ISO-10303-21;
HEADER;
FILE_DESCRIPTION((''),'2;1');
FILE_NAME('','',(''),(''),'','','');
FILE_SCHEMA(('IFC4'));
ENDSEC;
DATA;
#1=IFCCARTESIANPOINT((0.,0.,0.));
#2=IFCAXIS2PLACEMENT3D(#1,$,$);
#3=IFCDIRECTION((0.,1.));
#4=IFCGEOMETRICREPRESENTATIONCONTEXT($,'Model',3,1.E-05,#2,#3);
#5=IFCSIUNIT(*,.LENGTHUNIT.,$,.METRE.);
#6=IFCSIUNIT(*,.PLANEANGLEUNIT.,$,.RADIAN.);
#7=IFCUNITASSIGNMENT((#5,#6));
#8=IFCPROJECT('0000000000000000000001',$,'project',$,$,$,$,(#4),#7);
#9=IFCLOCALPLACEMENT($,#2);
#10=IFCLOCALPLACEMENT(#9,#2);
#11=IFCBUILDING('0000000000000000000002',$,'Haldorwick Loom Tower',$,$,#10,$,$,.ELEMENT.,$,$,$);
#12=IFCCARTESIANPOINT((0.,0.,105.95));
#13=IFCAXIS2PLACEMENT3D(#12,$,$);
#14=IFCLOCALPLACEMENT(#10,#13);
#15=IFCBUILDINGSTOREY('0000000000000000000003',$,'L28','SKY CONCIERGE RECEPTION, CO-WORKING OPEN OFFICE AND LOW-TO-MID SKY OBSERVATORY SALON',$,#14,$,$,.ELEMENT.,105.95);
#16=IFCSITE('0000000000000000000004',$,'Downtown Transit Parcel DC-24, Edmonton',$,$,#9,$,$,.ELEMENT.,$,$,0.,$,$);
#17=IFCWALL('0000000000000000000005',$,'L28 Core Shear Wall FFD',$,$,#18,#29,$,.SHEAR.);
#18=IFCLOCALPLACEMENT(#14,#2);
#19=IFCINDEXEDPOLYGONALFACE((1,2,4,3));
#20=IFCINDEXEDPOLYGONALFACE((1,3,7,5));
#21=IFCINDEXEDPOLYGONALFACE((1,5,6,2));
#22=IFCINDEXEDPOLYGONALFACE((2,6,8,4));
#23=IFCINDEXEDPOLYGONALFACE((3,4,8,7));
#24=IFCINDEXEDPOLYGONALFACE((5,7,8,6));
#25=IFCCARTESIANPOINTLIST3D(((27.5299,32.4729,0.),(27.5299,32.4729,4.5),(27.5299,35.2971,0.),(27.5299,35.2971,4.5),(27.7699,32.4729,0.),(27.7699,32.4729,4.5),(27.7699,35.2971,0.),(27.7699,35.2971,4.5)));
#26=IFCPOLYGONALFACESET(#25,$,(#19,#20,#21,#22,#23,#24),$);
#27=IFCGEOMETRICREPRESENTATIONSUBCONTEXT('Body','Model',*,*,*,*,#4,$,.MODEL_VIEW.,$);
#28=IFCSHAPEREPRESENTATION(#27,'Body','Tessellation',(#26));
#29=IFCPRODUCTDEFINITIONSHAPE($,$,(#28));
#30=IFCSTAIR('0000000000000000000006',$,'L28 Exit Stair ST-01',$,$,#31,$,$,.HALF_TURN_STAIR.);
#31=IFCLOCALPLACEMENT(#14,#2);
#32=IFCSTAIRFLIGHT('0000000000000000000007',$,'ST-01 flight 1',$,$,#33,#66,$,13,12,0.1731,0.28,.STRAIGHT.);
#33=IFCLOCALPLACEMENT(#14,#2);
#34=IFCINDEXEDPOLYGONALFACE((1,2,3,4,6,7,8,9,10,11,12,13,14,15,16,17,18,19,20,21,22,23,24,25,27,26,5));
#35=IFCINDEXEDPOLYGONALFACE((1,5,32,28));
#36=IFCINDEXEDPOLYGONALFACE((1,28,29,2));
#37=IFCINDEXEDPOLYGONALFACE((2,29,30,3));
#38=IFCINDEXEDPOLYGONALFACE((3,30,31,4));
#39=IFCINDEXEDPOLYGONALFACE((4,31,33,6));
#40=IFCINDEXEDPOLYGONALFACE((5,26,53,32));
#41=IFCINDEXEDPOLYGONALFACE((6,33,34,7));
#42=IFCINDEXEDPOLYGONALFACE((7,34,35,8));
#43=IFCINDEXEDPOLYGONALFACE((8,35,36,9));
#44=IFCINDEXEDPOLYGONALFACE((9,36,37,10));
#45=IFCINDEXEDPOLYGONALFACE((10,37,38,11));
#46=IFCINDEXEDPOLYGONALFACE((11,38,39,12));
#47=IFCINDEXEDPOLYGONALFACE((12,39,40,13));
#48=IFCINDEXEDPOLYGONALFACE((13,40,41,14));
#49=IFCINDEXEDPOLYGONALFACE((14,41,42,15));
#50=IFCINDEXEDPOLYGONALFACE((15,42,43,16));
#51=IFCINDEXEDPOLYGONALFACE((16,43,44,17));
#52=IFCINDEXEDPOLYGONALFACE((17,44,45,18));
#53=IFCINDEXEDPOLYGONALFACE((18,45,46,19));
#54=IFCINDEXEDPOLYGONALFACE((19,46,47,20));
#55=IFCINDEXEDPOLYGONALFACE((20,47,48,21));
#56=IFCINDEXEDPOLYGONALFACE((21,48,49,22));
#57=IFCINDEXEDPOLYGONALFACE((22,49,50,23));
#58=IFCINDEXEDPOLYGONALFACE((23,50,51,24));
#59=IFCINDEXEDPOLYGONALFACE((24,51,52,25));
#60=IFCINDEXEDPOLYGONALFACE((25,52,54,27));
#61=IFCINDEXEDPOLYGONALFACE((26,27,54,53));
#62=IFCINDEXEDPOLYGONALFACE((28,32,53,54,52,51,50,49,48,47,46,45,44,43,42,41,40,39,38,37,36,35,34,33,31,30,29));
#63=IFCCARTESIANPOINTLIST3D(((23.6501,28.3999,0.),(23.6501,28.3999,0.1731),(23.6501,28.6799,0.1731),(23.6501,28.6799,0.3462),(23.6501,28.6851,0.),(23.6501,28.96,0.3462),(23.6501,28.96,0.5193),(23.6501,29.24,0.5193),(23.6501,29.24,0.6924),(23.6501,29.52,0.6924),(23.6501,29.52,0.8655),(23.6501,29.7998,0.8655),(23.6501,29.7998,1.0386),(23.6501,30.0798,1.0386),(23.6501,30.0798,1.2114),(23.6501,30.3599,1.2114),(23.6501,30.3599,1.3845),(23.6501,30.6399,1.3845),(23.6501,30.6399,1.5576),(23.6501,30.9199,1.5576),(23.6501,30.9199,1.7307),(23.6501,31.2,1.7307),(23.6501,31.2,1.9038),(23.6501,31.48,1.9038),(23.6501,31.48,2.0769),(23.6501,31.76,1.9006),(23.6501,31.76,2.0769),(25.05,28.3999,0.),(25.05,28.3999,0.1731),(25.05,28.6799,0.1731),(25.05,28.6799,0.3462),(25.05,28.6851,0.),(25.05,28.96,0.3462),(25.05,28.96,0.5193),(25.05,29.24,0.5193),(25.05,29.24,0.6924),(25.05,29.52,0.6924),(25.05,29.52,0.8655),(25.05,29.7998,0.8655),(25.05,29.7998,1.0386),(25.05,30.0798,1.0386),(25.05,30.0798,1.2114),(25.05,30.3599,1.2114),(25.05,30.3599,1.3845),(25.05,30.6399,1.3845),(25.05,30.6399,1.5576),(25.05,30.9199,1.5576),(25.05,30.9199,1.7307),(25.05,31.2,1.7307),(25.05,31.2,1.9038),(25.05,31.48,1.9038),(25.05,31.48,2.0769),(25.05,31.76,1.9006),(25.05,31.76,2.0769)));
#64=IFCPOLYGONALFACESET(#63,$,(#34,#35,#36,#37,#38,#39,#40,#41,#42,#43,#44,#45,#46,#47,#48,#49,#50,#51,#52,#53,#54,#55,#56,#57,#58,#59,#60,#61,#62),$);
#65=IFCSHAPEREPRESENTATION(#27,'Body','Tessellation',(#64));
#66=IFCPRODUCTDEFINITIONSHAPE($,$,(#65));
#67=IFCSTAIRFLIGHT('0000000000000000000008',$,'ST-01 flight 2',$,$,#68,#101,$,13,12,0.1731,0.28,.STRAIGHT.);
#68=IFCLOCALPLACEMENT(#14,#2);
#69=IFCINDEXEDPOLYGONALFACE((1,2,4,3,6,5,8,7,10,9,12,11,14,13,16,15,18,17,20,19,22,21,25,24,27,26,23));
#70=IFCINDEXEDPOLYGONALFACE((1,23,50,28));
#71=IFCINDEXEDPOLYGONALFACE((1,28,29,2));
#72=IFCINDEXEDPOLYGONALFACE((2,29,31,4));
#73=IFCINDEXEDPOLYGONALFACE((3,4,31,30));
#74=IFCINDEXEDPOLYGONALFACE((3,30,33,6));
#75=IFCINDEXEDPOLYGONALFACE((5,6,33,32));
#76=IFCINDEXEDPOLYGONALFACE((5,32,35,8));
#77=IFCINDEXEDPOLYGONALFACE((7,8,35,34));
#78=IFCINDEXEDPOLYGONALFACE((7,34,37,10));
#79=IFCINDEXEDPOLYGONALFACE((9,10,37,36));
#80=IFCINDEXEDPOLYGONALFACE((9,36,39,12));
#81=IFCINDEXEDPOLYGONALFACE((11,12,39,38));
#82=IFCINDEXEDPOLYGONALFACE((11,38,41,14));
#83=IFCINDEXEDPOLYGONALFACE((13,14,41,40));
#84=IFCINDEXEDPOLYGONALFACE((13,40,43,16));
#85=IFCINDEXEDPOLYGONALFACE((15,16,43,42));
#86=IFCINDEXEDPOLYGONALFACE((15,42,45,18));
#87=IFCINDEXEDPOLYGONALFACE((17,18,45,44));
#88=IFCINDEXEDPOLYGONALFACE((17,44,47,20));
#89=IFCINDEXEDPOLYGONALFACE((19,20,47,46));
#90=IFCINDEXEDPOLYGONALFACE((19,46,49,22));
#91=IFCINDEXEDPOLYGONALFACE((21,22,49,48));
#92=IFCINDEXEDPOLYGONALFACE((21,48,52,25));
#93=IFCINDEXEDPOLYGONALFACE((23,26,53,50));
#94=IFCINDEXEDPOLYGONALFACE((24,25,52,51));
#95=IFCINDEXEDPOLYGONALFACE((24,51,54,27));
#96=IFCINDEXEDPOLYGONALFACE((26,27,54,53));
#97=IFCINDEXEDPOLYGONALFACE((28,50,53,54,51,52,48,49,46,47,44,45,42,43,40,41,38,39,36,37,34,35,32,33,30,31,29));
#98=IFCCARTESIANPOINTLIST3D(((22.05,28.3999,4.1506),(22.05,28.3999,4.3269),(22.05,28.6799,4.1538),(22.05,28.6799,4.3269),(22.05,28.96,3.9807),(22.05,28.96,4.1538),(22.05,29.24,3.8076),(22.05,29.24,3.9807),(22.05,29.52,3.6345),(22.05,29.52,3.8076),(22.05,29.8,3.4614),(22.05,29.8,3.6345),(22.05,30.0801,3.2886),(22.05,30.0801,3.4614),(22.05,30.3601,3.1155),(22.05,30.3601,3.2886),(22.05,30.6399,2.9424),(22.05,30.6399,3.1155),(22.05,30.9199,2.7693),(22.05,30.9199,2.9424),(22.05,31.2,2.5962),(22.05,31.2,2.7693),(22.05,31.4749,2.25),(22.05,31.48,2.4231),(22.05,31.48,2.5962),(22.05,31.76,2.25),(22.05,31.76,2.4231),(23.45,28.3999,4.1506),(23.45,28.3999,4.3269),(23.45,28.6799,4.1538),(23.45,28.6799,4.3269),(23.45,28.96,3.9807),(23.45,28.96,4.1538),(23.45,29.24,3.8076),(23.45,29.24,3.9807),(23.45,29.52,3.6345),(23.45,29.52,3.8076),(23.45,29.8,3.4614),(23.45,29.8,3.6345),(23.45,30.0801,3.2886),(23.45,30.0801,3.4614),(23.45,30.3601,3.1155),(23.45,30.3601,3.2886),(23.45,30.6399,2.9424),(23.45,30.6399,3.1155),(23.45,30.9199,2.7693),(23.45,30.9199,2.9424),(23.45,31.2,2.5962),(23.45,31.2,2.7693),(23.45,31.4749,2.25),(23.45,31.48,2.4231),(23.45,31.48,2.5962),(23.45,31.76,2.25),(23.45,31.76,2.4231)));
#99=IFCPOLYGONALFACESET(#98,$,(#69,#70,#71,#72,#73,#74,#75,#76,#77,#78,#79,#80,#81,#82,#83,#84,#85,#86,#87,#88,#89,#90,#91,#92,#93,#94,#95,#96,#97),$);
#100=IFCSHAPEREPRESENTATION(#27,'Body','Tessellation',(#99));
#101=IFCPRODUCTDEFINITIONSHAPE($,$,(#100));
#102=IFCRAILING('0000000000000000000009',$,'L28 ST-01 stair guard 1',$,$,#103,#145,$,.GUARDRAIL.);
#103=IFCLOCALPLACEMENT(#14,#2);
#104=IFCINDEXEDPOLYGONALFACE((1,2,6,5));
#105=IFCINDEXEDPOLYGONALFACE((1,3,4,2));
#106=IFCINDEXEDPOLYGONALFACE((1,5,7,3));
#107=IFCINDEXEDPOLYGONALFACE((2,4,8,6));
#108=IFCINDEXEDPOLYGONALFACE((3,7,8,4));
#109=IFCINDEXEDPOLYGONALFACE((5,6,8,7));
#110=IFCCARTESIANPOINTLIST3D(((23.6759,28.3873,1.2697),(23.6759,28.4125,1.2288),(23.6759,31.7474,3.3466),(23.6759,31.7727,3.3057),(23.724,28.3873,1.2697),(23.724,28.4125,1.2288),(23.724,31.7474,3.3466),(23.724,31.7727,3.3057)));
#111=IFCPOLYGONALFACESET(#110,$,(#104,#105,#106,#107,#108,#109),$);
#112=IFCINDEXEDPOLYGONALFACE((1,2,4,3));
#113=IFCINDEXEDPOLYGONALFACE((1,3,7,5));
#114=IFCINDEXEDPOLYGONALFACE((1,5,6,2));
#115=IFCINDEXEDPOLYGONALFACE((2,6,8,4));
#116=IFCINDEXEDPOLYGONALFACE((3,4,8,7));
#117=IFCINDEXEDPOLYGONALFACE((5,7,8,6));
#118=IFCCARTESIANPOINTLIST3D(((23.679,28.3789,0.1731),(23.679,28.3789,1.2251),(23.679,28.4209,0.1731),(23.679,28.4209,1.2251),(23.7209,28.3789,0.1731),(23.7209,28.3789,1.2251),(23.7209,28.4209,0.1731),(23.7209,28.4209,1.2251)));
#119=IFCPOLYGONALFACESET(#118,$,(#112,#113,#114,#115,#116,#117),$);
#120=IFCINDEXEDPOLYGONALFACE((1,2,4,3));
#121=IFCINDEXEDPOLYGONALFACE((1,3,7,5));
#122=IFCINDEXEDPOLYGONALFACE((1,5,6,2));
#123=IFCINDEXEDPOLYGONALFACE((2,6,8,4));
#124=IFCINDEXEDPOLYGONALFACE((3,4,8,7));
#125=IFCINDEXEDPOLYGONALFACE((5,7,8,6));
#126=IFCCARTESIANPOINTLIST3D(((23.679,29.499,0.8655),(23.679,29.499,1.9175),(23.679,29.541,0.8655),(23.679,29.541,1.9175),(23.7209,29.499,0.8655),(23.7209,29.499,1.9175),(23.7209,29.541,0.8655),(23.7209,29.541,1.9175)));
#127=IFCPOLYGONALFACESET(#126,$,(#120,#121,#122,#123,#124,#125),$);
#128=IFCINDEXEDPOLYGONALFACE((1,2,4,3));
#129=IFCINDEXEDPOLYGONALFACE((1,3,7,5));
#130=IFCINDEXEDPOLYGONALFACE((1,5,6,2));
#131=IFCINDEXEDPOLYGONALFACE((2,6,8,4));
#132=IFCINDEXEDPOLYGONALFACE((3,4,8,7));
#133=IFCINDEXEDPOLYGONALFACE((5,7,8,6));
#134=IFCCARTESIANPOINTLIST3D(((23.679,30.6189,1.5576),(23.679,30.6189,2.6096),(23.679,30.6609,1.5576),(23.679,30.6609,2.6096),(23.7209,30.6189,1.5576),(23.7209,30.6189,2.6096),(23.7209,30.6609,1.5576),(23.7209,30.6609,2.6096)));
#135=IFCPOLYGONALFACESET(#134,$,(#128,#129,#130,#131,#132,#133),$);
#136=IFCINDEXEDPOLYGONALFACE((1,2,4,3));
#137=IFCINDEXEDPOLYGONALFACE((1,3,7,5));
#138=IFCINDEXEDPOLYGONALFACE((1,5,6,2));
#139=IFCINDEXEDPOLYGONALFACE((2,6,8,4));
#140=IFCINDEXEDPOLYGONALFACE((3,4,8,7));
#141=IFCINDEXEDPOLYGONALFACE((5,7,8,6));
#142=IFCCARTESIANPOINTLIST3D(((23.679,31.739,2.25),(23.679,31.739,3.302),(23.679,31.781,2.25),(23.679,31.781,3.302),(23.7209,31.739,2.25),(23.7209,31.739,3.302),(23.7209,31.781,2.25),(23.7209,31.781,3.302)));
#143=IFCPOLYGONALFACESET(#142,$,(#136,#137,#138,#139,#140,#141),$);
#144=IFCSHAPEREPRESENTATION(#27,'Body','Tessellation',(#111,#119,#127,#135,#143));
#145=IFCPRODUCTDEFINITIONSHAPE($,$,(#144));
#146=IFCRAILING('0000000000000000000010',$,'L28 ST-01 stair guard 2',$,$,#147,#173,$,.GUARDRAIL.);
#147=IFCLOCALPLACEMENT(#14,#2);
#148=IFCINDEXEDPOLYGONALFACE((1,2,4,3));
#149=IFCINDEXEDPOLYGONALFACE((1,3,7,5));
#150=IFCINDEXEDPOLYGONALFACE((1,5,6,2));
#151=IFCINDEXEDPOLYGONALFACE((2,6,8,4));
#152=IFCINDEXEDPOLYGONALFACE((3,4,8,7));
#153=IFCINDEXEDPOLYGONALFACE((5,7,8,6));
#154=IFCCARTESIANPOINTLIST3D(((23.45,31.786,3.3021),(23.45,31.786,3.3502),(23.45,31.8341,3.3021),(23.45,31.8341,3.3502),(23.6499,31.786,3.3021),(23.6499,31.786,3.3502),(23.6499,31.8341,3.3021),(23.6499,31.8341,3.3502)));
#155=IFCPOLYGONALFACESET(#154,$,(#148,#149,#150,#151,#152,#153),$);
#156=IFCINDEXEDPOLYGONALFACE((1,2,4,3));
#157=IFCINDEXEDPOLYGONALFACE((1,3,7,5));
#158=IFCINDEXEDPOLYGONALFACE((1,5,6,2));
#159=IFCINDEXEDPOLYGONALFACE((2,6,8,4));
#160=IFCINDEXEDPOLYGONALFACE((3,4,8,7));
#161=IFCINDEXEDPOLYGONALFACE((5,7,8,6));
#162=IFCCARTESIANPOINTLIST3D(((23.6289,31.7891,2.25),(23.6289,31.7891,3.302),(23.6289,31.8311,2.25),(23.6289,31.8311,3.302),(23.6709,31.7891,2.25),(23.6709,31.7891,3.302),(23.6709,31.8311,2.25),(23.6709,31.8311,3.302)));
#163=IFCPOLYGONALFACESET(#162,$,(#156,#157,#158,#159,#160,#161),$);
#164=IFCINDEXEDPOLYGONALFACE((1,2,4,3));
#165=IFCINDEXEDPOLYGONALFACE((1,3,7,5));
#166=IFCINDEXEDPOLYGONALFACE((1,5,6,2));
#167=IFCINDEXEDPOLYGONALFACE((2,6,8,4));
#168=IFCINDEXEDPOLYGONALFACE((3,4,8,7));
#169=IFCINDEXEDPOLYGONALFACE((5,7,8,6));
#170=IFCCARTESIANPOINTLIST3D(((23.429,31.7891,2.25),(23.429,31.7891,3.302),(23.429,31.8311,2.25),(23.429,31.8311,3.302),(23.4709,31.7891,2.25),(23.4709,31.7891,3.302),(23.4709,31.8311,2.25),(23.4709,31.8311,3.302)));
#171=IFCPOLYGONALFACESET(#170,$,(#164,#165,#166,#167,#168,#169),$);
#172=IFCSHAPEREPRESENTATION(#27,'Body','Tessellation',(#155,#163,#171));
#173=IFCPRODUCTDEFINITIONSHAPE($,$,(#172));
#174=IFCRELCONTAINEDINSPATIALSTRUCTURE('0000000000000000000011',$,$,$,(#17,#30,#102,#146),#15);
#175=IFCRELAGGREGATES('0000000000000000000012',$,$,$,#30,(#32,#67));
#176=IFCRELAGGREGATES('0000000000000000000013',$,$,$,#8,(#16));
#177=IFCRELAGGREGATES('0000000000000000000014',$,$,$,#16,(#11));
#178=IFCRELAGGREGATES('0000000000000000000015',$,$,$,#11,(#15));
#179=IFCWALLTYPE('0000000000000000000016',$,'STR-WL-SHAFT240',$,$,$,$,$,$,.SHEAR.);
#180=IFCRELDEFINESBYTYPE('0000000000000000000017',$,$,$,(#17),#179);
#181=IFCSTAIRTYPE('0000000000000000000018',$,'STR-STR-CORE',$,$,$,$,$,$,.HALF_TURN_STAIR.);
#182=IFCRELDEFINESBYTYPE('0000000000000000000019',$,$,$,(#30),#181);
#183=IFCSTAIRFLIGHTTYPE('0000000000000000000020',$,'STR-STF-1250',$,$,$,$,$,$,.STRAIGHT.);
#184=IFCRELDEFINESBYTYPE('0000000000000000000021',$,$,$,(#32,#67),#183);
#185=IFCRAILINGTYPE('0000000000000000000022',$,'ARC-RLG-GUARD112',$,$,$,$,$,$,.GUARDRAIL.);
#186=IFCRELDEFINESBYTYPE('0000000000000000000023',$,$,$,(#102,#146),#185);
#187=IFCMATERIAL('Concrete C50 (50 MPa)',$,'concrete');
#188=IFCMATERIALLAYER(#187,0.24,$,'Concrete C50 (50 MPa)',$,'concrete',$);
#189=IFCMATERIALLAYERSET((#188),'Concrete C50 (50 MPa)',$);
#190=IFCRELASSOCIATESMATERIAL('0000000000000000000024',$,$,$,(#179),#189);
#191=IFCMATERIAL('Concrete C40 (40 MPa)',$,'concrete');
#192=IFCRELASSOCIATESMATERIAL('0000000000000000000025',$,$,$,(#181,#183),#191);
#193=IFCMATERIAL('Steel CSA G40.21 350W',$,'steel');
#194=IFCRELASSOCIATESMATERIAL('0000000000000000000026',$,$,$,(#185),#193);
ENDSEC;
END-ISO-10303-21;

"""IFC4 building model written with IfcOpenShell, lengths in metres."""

from ifc_helpers import new_model, si_unit, direction, frame, frame_2d, origin, origin_2d, place, context, subcontext, project, spatial, polyline, rectangle, outline, extrude, material, layer, layer_set, type_object, element, aggregate, save


model = new_model("IFC4")

# Units and contexts
model_context = context("Model", 3, precision=1e-05, world=origin(), true_north=direction((0.0, 1.0)))
body_context = subcontext(model_context, "Body", "Model", "MODEL_VIEW")
ifc_project = project(units=[si_unit("LENGTHUNIT", "METRE"), si_unit("PLANEANGLEUNIT", "RADIAN")], contexts=[model_context])

# Site, building, storey
site_placement = place(None, origin())
site = spatial("IfcSite", under=ifc_project, at=site_placement, Name="Downtown Transit Parcel DC-24, Edmonton", CompositionType="ELEMENT", RefElevation=0.0)
building_placement = place(site_placement, origin())
building = spatial("IfcBuilding", under=site, at=building_placement, Name="Haldorwick Loom Tower", CompositionType="ELEMENT")
storey_placement = place(building_placement, frame((0.0, 0.0, 105.95)))
storey = spatial("IfcBuildingStorey", under=building, at=storey_placement, Name="L28", Description="SKY CONCIERGE RECEPTION, CO-WORKING OPEN OFFICE AND LOW-TO-MID SKY OBSERVATORY SALON", CompositionType="ELEMENT", Elevation=105.95)

# Shared definitions
ifc_material_1 = material(Name="Steel CSA G40.21 350W", Category="steel")

# Shared definitions
ifc_material_2 = material(Name="Concrete C50 (50 MPa)", Category="concrete")
ifc_layer = layer(ifc_material_2, 0.24, Name="Concrete C50 (50 MPa)", Category="concrete")
ifc_layer_set = layer_set([ifc_layer], Name="Concrete C50 (50 MPa)")
wall_type = type_object("IfcWallType", Name="STR-WL-SHAFT240", PredefinedType="SHEAR", material=ifc_layer_set)

# Wall
wall_1_placement = place(storey_placement, frame((27.6499, 32.4729, 0.0), z_axis=(0.0, 0.0, 1.0), x_axis=(0.0, 1.0, 0.0)))
element("IfcWall", 1, at=wall_1_placement, inside=storey, type_object=wall_type, Name="L28 Core Shear Wall FFD", PredefinedType="SHEAR", context=body_context, shape_type="SweptSolid", body=[
    extrude(rectangle(XDim=2.8242, YDim=0.24, at=frame_2d((1.4121, 0.0))), origin(), (0.0, 0.0, 1.0), 4.5),
])

# Stair, stair flights
ifc_material_3 = material(Name="Concrete C40 (40 MPa)", Category="concrete")
stair_type = type_object("IfcStairType", Name="STR-STR-CORE", PredefinedType="HALF_TURN_STAIR", material=ifc_material_3)
stair_placement = place(storey_placement, origin())
stair = element("IfcStair", 2, at=stair_placement, inside=storey, type_object=stair_type, Name="L28 Exit Stair ST-01", PredefinedType="HALF_TURN_STAIR")
stair_flight_type = type_object("IfcStairFlightType", Name="STR-STF-1250", PredefinedType="STRAIGHT", material=ifc_material_3)
stair_flight_1_placement = place(storey_placement, frame((24.3501, 28.3999, 0.0), z_axis=(0.0, 0.0, 1.0), x_axis=(0.0, 1.0, 0.0)))
stair_flight_1 = element("IfcStairFlight", 3, at=stair_flight_1_placement, type_object=stair_flight_type, Name="ST-01 flight 1", NumberOfRisers=13, NumberOfTreads=12, PredefinedType="STRAIGHT", RiserHeight=0.1731, TreadLength=0.28, context=body_context, shape_type="SweptSolid", body=[
    extrude(outline(polyline([(0.0, 0.0), (0.0, 0.1731), (0.28, 0.1731), (0.28, 0.3462), (0.5601, 0.3462), (0.5601, 0.5193), (0.8401, 0.5193), (0.8401, 0.6924), (1.1201, 0.6924), (1.1201, 0.8655), (1.3999, 0.8655), (1.3999, 1.0386), (1.6799, 1.0386), (1.6799, 1.2114), (1.96, 1.2114), (1.96, 1.3845), (2.24, 1.3845), (2.24, 1.5576), (2.52, 1.5576), (2.52, 1.7307), (2.8, 1.7307), (2.8, 1.9038), (3.0801, 1.9038), (3.0801, 2.0769), (3.3601, 2.0769), (3.3601, 2.25), (3.3601, 1.9006), (0.2852, 0.0), (0.0, 0.0)])), frame((0.0, 0.7, 0.0), z_axis=(0.0, -1.0, 0.0), x_axis=(1.0, 0.0, 0.0)), (0.0, 0.0, 1.0), 1.3999),
])
stair_flight_2_placement = place(storey_placement, frame((22.75, 31.76, 2.25), z_axis=(0.0, 0.0, 1.0), x_axis=(0.0, -1.0, 0.0)))
stair_flight_2 = element("IfcStairFlight", 4, at=stair_flight_2_placement, type_object=stair_flight_type, Name="ST-01 flight 2", NumberOfRisers=13, NumberOfTreads=12, PredefinedType="STRAIGHT", RiserHeight=0.1731, TreadLength=0.28, context=body_context, shape_type="SweptSolid", body=[
    extrude(outline(polyline([(0.0, 0.0), (0.0, 0.1731), (0.28, 0.1731), (0.28, 0.3462), (0.5601, 0.3462), (0.5601, 0.5193), (0.8401, 0.5193), (0.8401, 0.6924), (1.1201, 0.6924), (1.1201, 0.8655), (1.3999, 0.8655), (1.3999, 1.0386), (1.6799, 1.0386), (1.6799, 1.2114), (1.96, 1.2114), (1.96, 1.3845), (2.24, 1.3845), (2.24, 1.5576), (2.52, 1.5576), (2.52, 1.7307), (2.8, 1.7307), (2.8, 1.9038), (3.0801, 1.9038), (3.0801, 2.0769), (3.3601, 2.0769), (3.3601, 2.25), (3.3601, 1.9006), (0.2852, 0.0), (0.0, 0.0)])), frame((0.0, 0.7, 0.0), z_axis=(0.0, -1.0, 0.0), x_axis=(1.0, 0.0, 0.0)), (0.0, 0.0, 1.0), 1.3999),
])
aggregate(stair, [stair_flight_1, stair_flight_2])

# Railings
railing_type_1 = type_object("IfcRailingType", Name="ARC-RLG-GUARD112", PredefinedType="GUARDRAIL", material=ifc_material_1)
railing_1_placement = place(storey_placement, frame((23.7, 28.3999, 0.1731)))
element("IfcRailing", 5, at=railing_1_placement, inside=storey, type_object=railing_type_1, Name="L28 ST-01 stair guard 1", PredefinedType="GUARDRAIL", context=body_context, shape_type="SweptSolid", body=[
    extrude(rectangle(XDim=0.0481, YDim=0.0481, at=origin_2d()), frame((0.0, 0.0, 1.0762), z_axis=(0.0, 0.850623, 0.525776), x_axis=(-1.0, 0.0, 0.0)), (0.0, 0.0, 1.0), 3.9502),
    extrude(rectangle(XDim=0.042, YDim=0.042, at=origin_2d()), origin(), (0.0, 0.0, 1.0), 1.052),
    extrude(rectangle(XDim=0.042, YDim=0.042, at=origin_2d()), frame((0.0, 1.1201, 0.6924)), (0.0, 0.0, 1.0), 1.052),
    extrude(rectangle(XDim=0.042, YDim=0.042, at=origin_2d()), frame((0.0, 2.24, 1.3845)), (0.0, 0.0, 1.0), 1.052),
    extrude(rectangle(XDim=0.042, YDim=0.042, at=origin_2d()), frame((0.0, 3.3601, 2.0769)), (0.0, 0.0, 1.0), 1.052),
])
railing_2_placement = place(storey_placement, frame((23.6499, 31.8101, 2.25)))
element("IfcRailing", 6, at=railing_2_placement, inside=storey, type_object=railing_type_1, Name="L28 ST-01 stair guard 2", PredefinedType="GUARDRAIL", context=body_context, shape_type="SweptSolid", body=[
    extrude(rectangle(XDim=0.0481, YDim=0.0481, at=origin_2d()), frame((0.0, 0.0, 1.0762), z_axis=(-1.0, 0.0, 0.0), x_axis=(0.0, -1.0, 0.0)), (0.0, 0.0, 1.0), 0.2),
    extrude(rectangle(XDim=0.042, YDim=0.042, at=origin_2d()), origin(), (0.0, 0.0, 1.0), 1.052),
    extrude(rectangle(XDim=0.042, YDim=0.042, at=origin_2d()), frame((-0.2, 0.0, 0.0)), (0.0, 0.0, 1.0), 1.052),
])

save(model, "model.ifc")
